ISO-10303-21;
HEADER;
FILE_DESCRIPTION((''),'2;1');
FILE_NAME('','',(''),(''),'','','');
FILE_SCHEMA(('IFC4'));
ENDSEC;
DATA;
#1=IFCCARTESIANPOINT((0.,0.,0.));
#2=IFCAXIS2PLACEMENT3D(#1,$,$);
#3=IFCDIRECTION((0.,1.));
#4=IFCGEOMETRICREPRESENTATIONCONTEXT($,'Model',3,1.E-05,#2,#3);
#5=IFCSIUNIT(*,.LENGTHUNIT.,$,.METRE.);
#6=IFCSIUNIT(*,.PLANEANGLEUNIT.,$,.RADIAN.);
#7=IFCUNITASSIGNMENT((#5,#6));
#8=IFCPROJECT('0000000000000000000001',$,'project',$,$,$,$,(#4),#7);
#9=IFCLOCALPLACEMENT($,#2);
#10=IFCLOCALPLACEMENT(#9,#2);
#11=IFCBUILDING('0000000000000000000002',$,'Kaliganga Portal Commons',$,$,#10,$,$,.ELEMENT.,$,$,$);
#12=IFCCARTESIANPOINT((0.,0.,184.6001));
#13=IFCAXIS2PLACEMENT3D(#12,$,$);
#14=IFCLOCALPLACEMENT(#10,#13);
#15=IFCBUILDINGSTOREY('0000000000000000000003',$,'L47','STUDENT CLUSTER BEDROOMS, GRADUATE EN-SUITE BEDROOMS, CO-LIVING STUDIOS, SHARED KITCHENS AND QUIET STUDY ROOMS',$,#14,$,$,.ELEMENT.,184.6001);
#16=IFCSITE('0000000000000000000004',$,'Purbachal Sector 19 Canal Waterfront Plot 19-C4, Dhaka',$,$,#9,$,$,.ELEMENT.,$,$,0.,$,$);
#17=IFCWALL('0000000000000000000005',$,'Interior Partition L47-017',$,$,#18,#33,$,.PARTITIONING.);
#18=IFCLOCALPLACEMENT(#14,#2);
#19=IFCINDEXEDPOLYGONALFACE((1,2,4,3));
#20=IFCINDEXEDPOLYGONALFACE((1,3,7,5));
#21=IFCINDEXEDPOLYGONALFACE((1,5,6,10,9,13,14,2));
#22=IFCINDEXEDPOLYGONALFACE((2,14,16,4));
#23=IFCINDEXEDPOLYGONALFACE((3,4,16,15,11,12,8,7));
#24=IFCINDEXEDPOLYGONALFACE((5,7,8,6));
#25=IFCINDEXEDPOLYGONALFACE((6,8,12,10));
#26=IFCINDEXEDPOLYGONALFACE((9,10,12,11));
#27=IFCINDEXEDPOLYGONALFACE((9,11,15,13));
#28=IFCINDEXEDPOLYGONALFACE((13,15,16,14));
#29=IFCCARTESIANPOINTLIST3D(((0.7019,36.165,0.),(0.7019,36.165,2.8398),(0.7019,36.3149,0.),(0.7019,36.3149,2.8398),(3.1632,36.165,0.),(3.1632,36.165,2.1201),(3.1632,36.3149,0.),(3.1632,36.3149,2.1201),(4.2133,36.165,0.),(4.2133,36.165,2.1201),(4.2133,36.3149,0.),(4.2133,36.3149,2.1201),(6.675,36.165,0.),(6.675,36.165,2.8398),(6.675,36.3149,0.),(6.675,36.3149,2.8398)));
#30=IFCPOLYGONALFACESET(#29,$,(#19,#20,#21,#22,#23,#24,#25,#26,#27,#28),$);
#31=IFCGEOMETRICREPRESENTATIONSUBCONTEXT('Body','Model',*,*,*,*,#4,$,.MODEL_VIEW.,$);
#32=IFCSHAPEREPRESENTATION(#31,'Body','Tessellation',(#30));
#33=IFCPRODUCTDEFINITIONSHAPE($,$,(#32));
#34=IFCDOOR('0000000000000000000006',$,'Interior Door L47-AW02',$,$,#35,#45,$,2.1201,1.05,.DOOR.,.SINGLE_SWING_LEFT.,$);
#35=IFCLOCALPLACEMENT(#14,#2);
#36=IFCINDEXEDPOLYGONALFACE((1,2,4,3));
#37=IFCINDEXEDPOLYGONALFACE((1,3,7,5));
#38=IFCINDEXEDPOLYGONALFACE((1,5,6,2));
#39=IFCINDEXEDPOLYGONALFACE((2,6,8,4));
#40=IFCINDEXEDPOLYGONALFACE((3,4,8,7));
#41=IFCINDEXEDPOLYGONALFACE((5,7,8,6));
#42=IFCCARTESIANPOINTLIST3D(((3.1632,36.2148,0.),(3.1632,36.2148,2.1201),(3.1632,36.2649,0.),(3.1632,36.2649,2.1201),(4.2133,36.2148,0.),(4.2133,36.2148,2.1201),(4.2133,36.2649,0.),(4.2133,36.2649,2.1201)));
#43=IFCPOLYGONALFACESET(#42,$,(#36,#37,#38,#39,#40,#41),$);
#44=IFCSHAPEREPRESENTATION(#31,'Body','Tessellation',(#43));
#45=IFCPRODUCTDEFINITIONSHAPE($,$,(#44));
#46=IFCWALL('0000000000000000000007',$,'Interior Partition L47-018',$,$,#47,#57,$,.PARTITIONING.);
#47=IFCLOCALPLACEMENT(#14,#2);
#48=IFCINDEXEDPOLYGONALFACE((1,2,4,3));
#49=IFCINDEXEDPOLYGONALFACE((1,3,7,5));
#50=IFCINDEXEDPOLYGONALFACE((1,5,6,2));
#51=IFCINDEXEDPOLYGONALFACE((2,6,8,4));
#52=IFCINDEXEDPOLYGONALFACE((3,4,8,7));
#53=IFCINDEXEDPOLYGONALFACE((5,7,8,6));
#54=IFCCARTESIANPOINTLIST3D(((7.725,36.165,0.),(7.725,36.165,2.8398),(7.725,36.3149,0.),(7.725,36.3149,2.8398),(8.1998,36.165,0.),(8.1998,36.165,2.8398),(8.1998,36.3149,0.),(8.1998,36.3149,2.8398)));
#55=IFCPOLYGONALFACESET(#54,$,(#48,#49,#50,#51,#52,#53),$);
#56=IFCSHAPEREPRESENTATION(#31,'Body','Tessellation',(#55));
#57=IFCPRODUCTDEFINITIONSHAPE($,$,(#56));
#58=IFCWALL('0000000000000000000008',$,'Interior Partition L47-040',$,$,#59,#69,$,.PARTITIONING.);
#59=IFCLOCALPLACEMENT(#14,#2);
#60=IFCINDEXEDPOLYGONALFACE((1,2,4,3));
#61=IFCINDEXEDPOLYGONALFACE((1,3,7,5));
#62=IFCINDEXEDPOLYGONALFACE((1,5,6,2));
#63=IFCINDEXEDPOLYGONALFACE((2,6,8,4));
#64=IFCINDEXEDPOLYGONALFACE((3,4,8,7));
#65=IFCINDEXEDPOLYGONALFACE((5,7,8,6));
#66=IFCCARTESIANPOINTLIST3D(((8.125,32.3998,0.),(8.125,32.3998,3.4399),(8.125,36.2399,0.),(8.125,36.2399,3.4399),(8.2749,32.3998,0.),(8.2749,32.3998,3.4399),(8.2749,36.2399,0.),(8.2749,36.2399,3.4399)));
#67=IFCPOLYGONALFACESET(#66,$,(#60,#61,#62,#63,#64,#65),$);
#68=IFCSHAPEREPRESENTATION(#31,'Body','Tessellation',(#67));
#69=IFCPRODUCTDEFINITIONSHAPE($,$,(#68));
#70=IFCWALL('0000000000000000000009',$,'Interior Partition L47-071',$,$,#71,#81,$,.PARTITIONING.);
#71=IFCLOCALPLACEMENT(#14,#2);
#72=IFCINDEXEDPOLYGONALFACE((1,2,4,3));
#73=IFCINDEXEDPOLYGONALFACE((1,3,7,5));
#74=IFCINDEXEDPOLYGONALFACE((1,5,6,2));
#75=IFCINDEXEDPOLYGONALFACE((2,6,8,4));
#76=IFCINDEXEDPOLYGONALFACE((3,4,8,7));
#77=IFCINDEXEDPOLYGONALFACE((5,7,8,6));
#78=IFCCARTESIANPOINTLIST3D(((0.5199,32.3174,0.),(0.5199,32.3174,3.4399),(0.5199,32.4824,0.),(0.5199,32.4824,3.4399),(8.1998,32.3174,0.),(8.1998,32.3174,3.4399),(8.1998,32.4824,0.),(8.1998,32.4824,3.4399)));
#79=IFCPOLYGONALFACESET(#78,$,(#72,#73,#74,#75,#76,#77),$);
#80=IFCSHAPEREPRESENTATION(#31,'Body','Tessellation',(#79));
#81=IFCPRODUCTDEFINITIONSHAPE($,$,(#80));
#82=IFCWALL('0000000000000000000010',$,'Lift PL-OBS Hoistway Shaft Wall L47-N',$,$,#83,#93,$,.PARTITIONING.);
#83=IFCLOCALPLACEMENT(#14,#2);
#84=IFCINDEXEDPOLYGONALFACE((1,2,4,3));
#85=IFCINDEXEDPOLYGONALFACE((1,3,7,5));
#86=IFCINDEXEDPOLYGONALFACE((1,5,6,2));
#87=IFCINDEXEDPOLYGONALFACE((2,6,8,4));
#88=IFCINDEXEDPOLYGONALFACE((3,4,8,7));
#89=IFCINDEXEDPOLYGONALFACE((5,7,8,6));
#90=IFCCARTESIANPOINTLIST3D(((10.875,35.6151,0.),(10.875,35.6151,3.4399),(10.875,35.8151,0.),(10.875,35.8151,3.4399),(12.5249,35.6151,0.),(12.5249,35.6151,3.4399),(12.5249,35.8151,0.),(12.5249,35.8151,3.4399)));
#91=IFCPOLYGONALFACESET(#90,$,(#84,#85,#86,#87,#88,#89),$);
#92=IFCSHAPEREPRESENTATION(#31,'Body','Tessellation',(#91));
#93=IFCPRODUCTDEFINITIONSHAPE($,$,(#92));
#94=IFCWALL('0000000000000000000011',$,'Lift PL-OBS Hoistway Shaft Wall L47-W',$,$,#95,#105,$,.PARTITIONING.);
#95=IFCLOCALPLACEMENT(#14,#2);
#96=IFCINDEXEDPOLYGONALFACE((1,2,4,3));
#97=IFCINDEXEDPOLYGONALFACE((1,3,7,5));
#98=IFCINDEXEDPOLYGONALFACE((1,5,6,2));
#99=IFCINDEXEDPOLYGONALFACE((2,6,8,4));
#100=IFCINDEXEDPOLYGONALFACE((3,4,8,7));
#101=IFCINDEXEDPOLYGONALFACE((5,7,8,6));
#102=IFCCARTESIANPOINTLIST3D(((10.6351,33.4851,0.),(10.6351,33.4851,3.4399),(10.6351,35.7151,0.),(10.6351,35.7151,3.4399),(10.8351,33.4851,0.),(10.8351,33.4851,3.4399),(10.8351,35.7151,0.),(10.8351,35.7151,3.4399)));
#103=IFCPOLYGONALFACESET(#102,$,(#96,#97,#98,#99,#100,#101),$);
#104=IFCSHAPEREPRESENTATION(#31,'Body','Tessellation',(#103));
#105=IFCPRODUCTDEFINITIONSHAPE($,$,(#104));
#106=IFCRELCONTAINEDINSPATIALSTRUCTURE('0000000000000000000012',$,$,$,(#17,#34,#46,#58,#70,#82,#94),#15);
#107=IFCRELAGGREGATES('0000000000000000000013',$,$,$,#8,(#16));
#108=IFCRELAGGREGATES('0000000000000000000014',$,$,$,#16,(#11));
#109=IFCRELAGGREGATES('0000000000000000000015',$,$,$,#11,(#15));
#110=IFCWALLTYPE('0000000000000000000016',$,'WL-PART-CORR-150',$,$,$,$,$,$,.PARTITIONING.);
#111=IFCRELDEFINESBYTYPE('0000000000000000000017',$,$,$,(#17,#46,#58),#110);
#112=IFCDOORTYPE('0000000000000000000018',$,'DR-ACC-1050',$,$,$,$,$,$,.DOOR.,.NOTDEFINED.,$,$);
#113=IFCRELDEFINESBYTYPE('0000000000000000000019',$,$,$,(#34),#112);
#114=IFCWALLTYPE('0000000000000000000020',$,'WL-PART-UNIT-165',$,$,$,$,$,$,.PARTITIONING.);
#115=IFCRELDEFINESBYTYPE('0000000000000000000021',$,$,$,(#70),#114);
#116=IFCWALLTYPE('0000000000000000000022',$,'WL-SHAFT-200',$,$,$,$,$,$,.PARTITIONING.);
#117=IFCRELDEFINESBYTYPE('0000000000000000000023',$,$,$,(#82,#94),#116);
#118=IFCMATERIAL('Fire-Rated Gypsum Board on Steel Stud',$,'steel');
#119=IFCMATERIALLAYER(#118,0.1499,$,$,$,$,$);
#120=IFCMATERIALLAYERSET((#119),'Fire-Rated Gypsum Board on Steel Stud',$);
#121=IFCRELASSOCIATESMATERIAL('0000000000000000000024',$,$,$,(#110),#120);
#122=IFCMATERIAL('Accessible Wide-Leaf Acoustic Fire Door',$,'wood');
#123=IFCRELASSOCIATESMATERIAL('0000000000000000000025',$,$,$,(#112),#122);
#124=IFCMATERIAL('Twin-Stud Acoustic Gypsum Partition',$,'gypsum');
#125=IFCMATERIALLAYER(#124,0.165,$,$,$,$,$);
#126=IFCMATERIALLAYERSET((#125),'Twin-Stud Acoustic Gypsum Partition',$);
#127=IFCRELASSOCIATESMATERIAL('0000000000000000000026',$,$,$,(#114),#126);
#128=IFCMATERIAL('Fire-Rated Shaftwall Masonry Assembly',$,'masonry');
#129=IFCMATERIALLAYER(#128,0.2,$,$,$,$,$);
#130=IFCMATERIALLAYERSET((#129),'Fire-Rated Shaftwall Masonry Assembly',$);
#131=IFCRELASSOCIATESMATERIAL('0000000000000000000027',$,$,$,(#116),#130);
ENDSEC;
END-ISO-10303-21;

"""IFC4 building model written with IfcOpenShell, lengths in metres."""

from ifc_helpers import new_model, si_unit, direction, frame, frame_2d, origin, place, context, subcontext, project, spatial, rectangle, extrude, material, layer, layer_set, type_object, element, fill, save


model = new_model("IFC4")

# Units and contexts
model_context = context("Model", 3, precision=1e-05, world=origin(), true_north=direction((0.0, 1.0)))
body_context = subcontext(model_context, "Body", "Model", "MODEL_VIEW")
ifc_project = project(units=[si_unit("LENGTHUNIT", "METRE"), si_unit("PLANEANGLEUNIT", "RADIAN")], contexts=[model_context])

# Site, building, storey
site_placement = place(None, origin())
site = spatial("IfcSite", under=ifc_project, at=site_placement, Name="Purbachal Sector 19 Canal Waterfront Plot 19-C4, Dhaka", CompositionType="ELEMENT", RefElevation=0.0)
building_placement = place(site_placement, origin())
building = spatial("IfcBuilding", under=site, at=building_placement, Name="Kaliganga Portal Commons", CompositionType="ELEMENT")
storey_placement = place(building_placement, frame((0.0, 0.0, 184.6001)))
storey = spatial("IfcBuildingStorey", under=building, at=storey_placement, Name="L47", Description="STUDENT CLUSTER BEDROOMS, GRADUATE EN-SUITE BEDROOMS, CO-LIVING STUDIOS, SHARED KITCHENS AND QUIET STUDY ROOMS", CompositionType="ELEMENT", Elevation=184.6001)

# Wall, opening, door
ifc_material_1 = material(Name="Fire-Rated Gypsum Board on Steel Stud", Category="steel")
ifc_layer_1 = layer(ifc_material_1, 0.1499)
ifc_layer_set_1 = layer_set([ifc_layer_1], Name="Fire-Rated Gypsum Board on Steel Stud")
wall_type_1 = type_object("IfcWallType", Name="WL-PART-CORR-150", PredefinedType="PARTITIONING", material=ifc_layer_set_1)
wall_1_placement = place(storey_placement, frame((0.7019, 36.24, 0.0), z_axis=(0.0, 0.0, 1.0), x_axis=(1.0, 0.0, 0.0)))
wall_1 = element("IfcWall", 1, at=wall_1_placement, inside=storey, type_object=wall_type_1, Name="Interior Partition L47-017", PredefinedType="PARTITIONING", context=body_context, shape_type="SweptSolid", body=[
    extrude(rectangle(XDim=5.9731, YDim=0.1499, at=frame_2d((2.9866, 0.0))), origin(), (0.0, 0.0, 1.0), 2.8398),
])
opening_1_placement = place(wall_1_placement, frame((2.4614, 0.0, 0.0)))
opening_1 = element("IfcOpeningElement", 2, at=opening_1_placement, cuts=wall_1, PredefinedType="OPENING", context=body_context, shape_type="SweptSolid", body=[
    extrude(rectangle(XDim=1.05, YDim=2.1201, at=frame_2d((0.5249, 1.0601))), frame((0.0, 0.085, 0.0), z_axis=(0.0, -1.0, 0.0), x_axis=(1.0, 0.0, 0.0)), (0.0, 0.0, 1.0), 0.1699),
])
ifc_material_2 = material(Name="Accessible Wide-Leaf Acoustic Fire Door", Category="wood")
door_type_1 = type_object("IfcDoorType", Name="DR-ACC-1050", OperationType="NOTDEFINED", PredefinedType="DOOR", material=ifc_material_2)
door_1_placement = place(opening_1_placement, origin())
door_1 = element("IfcDoor", 3, at=door_1_placement, inside=storey, type_object=door_type_1, Name="Interior Door L47-AW02", OperationType="SINGLE_SWING_LEFT", OverallHeight=2.1201, OverallWidth=1.05, PredefinedType="DOOR", context=body_context, shape_type="SweptSolid", body=[
    extrude(rectangle(XDim=1.05, YDim=2.1201, at=frame_2d((0.5249, 1.0601))), frame((0.0, 0.0249, 0.0), z_axis=(0.0, -1.0, 0.0), x_axis=(1.0, 0.0, 0.0)), (0.0, 0.0, 1.0), 0.05),
])
fill(opening_1, door_1)

# Walls
wall_2_placement = place(storey_placement, frame((7.7251, 36.24, 0.0), z_axis=(0.0, 0.0, 1.0), x_axis=(1.0, 0.0, 0.0)))
element("IfcWall", 4, at=wall_2_placement, inside=storey, type_object=wall_type_1, Name="Interior Partition L47-018", PredefinedType="PARTITIONING", context=body_context, shape_type="SweptSolid", body=[
    extrude(rectangle(XDim=0.4749, YDim=0.1499, at=frame_2d((0.2373, 0.0))), origin(), (0.0, 0.0, 1.0), 2.8398),
])
wall_3_placement = place(storey_placement, frame((8.2, 32.3999, 0.0), z_axis=(0.0, 0.0, 1.0), x_axis=(0.0, 1.0, 0.0)))
element("IfcWall", 5, at=wall_3_placement, inside=storey, type_object=wall_type_1, Name="Interior Partition L47-040", PredefinedType="PARTITIONING", context=body_context, shape_type="SweptSolid", body=[
    extrude(rectangle(XDim=3.8401, YDim=0.1499, at=frame_2d((1.9199, 0.0))), origin(), (0.0, 0.0, 1.0), 3.4399),
])
ifc_material_3 = material(Name="Twin-Stud Acoustic Gypsum Partition", Category="gypsum")
ifc_layer_2 = layer(ifc_material_3, 0.165)
ifc_layer_set_2 = layer_set([ifc_layer_2], Name="Twin-Stud Acoustic Gypsum Partition")
wall_type_2 = type_object("IfcWallType", Name="WL-PART-UNIT-165", PredefinedType="PARTITIONING", material=ifc_layer_set_2)
wall_4_placement = place(storey_placement, frame((0.52, 32.3999, 0.0), z_axis=(0.0, 0.0, 1.0), x_axis=(1.0, 0.0, 0.0)))
element("IfcWall", 6, at=wall_4_placement, inside=storey, type_object=wall_type_2, Name="Interior Partition L47-071", PredefinedType="PARTITIONING", context=body_context, shape_type="SweptSolid", body=[
    extrude(rectangle(XDim=7.6799, YDim=0.165, at=frame_2d((3.8398, 0.0))), origin(), (0.0, 0.0, 1.0), 3.4399),
])

# Shared definitions
ifc_material_4 = material(Name="Fire-Rated Shaftwall Masonry Assembly", Category="masonry")
ifc_layer_3 = layer(ifc_material_4, 0.2)
ifc_layer_set_3 = layer_set([ifc_layer_3], Name="Fire-Rated Shaftwall Masonry Assembly")
wall_type_3 = type_object("IfcWallType", Name="WL-SHAFT-200", PredefinedType="PARTITIONING", material=ifc_layer_set_3)

# Walls
wall_5_placement = place(storey_placement, frame((10.875, 35.7151, 0.0), z_axis=(0.0, 0.0, 1.0), x_axis=(1.0, 0.0, 0.0)))
element("IfcWall", 7, at=wall_5_placement, inside=storey, type_object=wall_type_3, Name="Lift PL-OBS Hoistway Shaft Wall L47-N", PredefinedType="PARTITIONING", context=body_context, shape_type="SweptSolid", body=[
    extrude(rectangle(XDim=1.6499, YDim=0.2, at=frame_2d((0.825, 0.0))), origin(), (0.0, 0.0, 1.0), 3.4399),
])
wall_6_placement = place(storey_placement, frame((10.7351, 33.4851, 0.0), z_axis=(0.0, 0.0, 1.0), x_axis=(0.0, 1.0, 0.0)))
element("IfcWall", 8, at=wall_6_placement, inside=storey, type_object=wall_type_3, Name="Lift PL-OBS Hoistway Shaft Wall L47-W", PredefinedType="PARTITIONING", context=body_context, shape_type="SweptSolid", body=[
    extrude(rectangle(XDim=2.23, YDim=0.2, at=frame_2d((1.115, 0.0))), origin(), (0.0, 0.0, 1.0), 3.4399),
])

save(model, "model.ifc")
